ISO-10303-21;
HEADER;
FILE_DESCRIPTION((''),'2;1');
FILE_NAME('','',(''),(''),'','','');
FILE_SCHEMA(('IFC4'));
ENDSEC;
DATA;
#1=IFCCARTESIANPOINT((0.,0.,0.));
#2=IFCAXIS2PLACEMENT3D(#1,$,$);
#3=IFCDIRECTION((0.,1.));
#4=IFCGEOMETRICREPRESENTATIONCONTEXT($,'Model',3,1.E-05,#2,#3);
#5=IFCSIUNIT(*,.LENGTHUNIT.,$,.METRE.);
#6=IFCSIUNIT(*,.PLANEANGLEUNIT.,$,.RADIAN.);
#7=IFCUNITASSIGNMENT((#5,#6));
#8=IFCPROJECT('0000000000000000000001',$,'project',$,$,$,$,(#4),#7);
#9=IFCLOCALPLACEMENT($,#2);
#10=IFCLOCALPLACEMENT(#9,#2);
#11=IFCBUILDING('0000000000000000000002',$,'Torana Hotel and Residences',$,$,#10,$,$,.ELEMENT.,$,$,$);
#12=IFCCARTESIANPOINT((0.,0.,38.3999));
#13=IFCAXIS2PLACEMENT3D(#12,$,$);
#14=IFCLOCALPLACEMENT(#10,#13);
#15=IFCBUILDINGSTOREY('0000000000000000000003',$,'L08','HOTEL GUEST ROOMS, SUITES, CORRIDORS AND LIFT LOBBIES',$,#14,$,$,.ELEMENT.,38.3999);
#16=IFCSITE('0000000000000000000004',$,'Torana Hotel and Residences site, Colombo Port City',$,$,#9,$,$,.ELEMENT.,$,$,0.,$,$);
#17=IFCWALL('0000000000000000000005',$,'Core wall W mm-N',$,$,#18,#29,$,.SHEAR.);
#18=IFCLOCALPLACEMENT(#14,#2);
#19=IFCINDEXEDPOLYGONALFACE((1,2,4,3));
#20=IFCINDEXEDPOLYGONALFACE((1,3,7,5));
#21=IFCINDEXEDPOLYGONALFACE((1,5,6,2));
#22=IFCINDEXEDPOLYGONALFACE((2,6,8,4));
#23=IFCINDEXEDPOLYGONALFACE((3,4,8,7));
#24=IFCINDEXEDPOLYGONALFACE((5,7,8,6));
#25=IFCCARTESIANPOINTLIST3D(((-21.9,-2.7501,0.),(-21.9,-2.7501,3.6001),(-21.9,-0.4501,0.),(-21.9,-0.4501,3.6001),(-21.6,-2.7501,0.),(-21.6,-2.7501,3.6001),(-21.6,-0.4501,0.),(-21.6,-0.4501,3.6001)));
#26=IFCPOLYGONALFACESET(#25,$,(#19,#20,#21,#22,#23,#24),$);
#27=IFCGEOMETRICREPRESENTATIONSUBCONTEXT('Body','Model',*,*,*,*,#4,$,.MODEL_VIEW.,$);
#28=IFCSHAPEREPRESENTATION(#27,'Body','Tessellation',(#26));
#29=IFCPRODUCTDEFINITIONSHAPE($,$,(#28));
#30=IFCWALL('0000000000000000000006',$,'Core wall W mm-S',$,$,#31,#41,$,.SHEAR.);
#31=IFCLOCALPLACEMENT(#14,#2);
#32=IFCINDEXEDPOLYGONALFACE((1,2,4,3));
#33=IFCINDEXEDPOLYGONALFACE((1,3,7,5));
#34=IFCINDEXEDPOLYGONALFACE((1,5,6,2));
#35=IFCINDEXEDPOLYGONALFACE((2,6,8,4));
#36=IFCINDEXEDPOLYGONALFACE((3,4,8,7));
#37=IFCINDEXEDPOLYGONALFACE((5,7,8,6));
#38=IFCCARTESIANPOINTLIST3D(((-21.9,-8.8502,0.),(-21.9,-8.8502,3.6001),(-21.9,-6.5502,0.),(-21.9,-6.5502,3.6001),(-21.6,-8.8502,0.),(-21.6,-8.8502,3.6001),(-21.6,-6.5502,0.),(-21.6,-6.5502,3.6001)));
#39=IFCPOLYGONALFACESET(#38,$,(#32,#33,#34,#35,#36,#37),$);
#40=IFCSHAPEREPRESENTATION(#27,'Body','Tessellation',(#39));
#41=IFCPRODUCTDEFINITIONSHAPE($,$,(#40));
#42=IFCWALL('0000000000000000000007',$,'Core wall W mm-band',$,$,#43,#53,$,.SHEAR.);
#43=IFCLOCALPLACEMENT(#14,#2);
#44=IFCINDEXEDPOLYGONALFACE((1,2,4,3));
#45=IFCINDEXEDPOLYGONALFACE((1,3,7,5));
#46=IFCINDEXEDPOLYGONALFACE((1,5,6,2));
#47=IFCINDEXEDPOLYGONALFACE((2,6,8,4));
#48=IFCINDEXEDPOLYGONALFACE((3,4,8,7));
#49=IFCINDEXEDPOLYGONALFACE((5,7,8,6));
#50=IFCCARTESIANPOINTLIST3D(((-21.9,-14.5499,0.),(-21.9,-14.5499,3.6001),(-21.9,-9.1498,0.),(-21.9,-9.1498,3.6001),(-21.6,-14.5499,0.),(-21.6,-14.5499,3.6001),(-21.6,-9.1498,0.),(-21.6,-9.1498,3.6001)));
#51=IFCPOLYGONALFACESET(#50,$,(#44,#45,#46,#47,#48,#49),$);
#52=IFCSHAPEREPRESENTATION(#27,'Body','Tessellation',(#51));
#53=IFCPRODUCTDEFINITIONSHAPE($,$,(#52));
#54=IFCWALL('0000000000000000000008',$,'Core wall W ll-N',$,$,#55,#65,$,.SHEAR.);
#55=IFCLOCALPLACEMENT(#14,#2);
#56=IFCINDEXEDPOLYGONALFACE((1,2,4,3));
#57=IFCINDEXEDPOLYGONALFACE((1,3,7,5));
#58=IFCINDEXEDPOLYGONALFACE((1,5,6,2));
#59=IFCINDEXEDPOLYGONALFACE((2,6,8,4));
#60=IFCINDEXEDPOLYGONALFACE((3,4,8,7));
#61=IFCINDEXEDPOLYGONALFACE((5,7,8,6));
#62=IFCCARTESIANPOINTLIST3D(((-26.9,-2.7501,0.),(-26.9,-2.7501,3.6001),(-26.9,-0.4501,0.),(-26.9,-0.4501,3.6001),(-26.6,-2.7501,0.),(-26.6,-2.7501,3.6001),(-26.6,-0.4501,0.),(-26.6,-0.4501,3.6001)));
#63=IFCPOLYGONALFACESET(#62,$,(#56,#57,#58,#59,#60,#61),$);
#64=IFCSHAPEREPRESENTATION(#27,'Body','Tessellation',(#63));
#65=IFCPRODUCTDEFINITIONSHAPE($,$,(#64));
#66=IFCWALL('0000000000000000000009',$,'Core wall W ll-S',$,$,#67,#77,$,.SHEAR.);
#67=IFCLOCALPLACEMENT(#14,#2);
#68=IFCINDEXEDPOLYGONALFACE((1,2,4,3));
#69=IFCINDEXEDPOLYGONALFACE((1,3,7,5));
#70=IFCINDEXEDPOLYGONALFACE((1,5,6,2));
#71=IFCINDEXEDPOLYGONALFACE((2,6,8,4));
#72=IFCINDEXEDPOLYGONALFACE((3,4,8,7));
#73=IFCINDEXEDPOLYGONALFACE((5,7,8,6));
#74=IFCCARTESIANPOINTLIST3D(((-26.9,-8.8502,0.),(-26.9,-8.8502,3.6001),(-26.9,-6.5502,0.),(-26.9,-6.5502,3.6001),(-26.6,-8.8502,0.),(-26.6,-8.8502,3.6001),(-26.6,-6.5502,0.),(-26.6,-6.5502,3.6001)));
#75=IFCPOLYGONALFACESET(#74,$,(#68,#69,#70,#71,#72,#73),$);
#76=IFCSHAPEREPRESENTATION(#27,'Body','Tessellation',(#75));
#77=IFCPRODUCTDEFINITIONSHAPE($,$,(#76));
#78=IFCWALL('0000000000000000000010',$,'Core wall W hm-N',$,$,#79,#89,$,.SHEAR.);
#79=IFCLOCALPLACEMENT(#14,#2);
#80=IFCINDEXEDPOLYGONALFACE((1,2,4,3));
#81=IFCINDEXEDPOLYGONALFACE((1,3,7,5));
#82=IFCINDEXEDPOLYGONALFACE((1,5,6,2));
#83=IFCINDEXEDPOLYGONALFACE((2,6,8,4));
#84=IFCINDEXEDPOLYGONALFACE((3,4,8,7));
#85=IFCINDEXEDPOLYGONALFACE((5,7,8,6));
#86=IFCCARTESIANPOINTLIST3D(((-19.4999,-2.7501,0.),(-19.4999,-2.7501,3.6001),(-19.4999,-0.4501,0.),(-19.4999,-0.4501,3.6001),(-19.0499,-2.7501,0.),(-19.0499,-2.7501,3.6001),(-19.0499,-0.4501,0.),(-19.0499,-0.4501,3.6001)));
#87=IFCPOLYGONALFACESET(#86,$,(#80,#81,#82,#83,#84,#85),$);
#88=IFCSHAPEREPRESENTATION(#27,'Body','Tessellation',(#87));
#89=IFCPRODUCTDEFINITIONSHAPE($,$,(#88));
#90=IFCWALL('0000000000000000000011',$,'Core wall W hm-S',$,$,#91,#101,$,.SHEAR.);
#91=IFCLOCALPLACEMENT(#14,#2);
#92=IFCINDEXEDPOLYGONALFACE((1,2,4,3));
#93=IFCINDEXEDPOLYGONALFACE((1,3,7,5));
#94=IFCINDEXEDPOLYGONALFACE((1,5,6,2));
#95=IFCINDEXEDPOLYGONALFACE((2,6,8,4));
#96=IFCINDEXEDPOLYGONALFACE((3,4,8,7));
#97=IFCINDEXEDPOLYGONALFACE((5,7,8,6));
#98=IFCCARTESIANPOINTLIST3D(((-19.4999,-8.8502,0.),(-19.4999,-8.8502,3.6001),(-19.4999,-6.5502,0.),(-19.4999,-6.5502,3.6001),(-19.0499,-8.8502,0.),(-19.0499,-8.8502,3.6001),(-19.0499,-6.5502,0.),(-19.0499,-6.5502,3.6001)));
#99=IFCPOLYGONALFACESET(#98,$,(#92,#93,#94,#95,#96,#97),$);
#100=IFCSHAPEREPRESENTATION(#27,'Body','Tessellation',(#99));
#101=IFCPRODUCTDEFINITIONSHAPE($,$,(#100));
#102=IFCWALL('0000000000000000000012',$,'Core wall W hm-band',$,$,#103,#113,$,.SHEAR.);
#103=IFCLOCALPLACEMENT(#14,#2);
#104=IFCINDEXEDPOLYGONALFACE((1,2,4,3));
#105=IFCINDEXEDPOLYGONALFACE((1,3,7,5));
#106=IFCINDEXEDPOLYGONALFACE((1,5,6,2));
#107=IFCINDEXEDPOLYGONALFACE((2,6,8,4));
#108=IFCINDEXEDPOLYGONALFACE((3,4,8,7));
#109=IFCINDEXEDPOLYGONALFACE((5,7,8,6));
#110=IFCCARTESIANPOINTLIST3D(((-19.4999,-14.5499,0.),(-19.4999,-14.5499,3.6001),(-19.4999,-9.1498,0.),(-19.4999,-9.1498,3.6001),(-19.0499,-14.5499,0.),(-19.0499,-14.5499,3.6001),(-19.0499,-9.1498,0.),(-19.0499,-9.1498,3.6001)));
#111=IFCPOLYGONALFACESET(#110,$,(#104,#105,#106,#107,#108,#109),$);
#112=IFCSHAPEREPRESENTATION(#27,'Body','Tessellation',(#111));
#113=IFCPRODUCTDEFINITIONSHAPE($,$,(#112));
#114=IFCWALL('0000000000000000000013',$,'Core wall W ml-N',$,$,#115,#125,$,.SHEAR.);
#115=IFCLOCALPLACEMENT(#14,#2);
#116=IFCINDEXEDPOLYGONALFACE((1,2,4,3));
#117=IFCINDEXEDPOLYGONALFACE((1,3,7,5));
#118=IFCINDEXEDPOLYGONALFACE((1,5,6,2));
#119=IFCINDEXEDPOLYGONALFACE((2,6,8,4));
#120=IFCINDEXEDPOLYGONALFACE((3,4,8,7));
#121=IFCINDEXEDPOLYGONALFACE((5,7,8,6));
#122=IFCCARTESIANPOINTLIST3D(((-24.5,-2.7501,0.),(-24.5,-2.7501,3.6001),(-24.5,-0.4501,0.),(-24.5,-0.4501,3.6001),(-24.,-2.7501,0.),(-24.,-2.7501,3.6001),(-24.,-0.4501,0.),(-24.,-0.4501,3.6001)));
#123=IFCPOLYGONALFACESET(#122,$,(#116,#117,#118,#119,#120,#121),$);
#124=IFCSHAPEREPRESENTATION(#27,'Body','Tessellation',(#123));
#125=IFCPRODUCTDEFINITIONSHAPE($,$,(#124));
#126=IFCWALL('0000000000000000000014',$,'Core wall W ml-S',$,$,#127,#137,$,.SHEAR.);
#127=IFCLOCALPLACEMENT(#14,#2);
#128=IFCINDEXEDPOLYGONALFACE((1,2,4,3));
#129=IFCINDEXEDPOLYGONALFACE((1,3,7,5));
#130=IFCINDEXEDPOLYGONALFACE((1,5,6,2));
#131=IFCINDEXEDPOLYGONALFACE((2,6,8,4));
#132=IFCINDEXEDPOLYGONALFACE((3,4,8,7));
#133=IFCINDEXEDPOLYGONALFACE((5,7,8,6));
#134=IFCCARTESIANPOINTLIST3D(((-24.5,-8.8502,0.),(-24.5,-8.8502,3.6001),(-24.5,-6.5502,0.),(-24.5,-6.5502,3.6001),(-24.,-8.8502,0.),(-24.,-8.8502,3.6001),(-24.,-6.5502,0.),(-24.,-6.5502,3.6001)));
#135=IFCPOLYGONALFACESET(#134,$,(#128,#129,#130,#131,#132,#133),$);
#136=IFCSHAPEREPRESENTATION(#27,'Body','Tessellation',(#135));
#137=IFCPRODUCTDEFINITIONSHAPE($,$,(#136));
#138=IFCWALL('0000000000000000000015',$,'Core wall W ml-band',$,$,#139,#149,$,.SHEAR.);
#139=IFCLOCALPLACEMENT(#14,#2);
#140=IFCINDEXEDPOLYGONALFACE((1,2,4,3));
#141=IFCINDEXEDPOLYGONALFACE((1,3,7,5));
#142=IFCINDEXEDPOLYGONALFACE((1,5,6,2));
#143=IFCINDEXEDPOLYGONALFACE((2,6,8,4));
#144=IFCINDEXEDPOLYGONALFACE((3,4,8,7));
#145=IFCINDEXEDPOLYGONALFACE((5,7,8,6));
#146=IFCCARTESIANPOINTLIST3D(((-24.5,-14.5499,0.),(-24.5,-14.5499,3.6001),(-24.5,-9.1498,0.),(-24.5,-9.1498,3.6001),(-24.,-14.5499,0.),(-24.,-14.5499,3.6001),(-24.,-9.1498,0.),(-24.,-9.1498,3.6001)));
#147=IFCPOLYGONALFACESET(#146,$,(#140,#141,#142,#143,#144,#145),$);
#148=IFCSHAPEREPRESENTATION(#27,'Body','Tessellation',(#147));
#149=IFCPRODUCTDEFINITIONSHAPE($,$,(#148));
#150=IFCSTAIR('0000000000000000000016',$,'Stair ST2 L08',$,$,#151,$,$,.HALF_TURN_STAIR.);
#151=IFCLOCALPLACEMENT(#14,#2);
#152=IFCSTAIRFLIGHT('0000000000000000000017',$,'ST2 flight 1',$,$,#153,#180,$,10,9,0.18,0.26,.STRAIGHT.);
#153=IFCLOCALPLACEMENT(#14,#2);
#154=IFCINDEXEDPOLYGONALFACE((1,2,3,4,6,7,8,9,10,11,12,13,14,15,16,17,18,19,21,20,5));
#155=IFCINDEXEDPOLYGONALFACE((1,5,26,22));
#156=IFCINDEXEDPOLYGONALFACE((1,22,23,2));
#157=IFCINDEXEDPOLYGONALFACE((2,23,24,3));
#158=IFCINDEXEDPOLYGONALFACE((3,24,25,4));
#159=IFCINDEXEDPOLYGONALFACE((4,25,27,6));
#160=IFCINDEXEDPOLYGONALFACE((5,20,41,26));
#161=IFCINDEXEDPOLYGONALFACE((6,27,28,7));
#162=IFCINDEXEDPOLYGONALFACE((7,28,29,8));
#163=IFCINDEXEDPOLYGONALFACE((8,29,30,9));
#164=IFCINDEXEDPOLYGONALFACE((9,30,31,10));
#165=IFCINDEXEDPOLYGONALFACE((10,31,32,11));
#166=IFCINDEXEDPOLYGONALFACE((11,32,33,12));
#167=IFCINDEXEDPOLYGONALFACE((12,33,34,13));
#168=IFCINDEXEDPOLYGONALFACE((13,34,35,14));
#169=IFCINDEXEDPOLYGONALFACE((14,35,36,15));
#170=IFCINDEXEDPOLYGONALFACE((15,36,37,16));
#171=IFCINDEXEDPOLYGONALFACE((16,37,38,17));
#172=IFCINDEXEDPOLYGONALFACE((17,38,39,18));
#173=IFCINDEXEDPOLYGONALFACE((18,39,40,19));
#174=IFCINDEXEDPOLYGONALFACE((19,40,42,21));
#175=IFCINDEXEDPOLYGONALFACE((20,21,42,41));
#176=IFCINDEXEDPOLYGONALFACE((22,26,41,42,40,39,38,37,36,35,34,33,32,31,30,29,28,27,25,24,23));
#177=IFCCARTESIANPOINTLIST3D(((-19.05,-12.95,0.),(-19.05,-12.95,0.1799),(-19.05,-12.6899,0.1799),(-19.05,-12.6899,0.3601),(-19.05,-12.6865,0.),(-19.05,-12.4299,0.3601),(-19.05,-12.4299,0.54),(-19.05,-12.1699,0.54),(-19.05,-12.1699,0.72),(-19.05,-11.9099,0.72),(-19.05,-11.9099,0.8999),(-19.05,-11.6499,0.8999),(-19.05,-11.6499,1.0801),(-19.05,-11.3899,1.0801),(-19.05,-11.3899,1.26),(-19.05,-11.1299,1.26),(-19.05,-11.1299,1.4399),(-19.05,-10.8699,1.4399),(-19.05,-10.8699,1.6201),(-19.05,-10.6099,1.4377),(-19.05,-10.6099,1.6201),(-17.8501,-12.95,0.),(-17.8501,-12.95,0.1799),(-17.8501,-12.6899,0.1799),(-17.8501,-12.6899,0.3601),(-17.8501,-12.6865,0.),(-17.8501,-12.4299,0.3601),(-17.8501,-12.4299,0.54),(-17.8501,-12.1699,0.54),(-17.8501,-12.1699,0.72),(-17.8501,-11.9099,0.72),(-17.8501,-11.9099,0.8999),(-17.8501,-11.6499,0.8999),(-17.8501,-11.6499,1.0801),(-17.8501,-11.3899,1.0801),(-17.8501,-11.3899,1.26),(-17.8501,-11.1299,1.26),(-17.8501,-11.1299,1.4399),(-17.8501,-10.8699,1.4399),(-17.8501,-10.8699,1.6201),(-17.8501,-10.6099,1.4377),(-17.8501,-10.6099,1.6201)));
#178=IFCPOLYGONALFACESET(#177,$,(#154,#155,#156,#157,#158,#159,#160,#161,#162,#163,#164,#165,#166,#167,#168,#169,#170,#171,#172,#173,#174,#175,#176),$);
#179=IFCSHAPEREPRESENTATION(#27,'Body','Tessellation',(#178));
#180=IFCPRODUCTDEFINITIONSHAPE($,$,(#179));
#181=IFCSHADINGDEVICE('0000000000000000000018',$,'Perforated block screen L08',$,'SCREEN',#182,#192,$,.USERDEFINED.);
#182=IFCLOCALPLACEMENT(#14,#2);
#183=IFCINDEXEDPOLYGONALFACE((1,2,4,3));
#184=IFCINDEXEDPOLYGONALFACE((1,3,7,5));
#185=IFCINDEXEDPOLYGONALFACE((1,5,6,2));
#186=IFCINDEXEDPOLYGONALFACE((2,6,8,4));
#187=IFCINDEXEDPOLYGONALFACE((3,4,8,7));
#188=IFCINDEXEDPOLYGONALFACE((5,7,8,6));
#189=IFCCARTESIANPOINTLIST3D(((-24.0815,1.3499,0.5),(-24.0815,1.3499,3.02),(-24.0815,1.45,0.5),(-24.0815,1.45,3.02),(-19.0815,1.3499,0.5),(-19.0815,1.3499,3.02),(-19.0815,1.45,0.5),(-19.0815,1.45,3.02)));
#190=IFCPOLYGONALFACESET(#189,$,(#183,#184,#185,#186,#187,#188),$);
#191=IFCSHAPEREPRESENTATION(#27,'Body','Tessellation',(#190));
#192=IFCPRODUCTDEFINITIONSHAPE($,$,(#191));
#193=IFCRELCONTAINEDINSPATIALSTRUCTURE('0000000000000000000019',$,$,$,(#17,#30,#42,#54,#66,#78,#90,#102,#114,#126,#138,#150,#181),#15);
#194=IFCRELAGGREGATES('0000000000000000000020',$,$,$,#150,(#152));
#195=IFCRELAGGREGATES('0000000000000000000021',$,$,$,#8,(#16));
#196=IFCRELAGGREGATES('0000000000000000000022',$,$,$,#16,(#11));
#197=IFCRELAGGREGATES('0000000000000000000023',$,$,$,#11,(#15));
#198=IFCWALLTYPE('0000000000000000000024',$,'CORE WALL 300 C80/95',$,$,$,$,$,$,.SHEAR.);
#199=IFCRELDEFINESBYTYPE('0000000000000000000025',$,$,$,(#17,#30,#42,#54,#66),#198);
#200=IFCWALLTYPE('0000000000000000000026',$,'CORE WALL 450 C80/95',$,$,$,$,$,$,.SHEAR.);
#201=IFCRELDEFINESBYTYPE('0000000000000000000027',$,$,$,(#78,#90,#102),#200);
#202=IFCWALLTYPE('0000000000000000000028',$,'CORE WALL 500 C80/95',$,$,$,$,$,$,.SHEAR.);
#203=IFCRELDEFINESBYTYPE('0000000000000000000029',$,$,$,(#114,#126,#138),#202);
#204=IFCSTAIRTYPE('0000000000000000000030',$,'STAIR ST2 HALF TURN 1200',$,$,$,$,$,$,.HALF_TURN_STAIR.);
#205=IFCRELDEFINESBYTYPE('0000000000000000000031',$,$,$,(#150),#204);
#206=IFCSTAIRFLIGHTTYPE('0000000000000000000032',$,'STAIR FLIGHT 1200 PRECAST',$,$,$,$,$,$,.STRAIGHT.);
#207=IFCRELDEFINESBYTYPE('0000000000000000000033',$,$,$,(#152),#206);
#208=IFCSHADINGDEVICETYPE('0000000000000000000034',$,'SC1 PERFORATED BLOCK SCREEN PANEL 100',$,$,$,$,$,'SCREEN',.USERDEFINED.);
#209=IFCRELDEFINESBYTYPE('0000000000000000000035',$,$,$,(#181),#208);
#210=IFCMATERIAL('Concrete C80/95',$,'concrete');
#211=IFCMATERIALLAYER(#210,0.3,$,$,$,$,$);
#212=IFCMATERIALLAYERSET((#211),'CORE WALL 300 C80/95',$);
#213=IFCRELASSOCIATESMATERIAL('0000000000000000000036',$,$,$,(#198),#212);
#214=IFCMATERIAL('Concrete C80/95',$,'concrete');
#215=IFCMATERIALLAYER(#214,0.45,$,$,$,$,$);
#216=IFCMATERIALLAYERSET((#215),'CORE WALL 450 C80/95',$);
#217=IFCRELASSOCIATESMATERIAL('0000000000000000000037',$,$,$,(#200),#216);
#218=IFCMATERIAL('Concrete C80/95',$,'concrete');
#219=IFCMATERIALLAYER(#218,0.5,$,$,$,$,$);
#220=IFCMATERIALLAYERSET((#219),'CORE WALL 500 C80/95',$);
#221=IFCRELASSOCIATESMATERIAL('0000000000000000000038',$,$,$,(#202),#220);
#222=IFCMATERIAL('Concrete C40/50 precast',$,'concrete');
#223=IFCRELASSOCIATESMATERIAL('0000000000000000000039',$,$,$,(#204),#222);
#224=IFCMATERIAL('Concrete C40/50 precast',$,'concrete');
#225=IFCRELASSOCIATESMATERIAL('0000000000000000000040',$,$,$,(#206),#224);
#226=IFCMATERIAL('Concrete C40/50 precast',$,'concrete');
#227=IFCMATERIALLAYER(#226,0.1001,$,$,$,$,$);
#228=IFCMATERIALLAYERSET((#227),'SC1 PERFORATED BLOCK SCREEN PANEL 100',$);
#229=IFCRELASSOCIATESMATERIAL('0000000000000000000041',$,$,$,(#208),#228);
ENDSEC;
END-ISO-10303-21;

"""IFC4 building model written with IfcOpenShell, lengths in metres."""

from ifc_helpers import new_model, si_unit, direction, frame, frame_2d, origin, origin_2d, place, context, subcontext, project, spatial, polyline, rectangle, outline, extrude, material, layer, layer_set, type_object, element, aggregate, save


model = new_model("IFC4")

# Units and contexts
model_context = context("Model", 3, precision=1e-05, world=origin(), true_north=direction((0.0, 1.0)))
body_context = subcontext(model_context, "Body", "Model", "MODEL_VIEW")
ifc_project = project(units=[si_unit("LENGTHUNIT", "METRE"), si_unit("PLANEANGLEUNIT", "RADIAN")], contexts=[model_context])

# Site, building, storey
site_placement = place(None, origin())
site = spatial("IfcSite", under=ifc_project, at=site_placement, Name="Torana Hotel and Residences site, Colombo Port City", CompositionType="ELEMENT", RefElevation=0.0)
building_placement = place(site_placement, origin())
building = spatial("IfcBuilding", under=site, at=building_placement, Name="Torana Hotel and Residences", CompositionType="ELEMENT")
storey_placement = place(building_placement, frame((0.0, 0.0, 38.3999)))
storey = spatial("IfcBuildingStorey", under=building, at=storey_placement, Name="L08", Description="HOTEL GUEST ROOMS, SUITES, CORRIDORS AND LIFT LOBBIES", CompositionType="ELEMENT", Elevation=38.3999)

# Walls
ifc_material_1 = material(Name="Concrete C80/95", Category="concrete")
ifc_layer_1 = layer(ifc_material_1, 0.3)
ifc_layer_set_1 = layer_set([ifc_layer_1], Name="CORE WALL 300 C80/95")
wall_type_1 = type_object("IfcWallType", Name="CORE WALL 300 C80/95", PredefinedType="SHEAR", material=ifc_layer_set_1)
for number, where, z_axis, x_axis, name in (
    (1, (-21.75, -2.75, 0.0), (0.0, 0.0, 1.0), (0.0, 1.0, 0.0), "Core wall W mm-N"),
    (2, (-21.75, -8.8501, 0.0), (0.0, 0.0, 1.0), (0.0, 1.0, 0.0), "Core wall W mm-S"),
):
    element("IfcWall", number, at=place(storey_placement, frame(where, z_axis=z_axis, x_axis=x_axis)), inside=storey, type_object=wall_type_1, Name=name, PredefinedType="SHEAR", context=body_context, shape_type="SweptSolid", body=[
        extrude(rectangle(XDim=2.3, YDim=0.3, at=frame_2d((1.1499, 0.0))), origin(), (0.0, 0.0, 1.0), 3.6001),
    ])
wall_1_placement = place(storey_placement, frame((-21.75, -14.55, 0.0), z_axis=(0.0, 0.0, 1.0), x_axis=(0.0, 1.0, 0.0)))
element("IfcWall", 3, at=wall_1_placement, inside=storey, type_object=wall_type_1, Name="Core wall W mm-band", PredefinedType="SHEAR", context=body_context, shape_type="SweptSolid", body=[
    extrude(rectangle(XDim=5.4001, YDim=0.3, at=frame_2d((2.7002, 0.0))), origin(), (0.0, 0.0, 1.0), 3.6001),
])
for number, where, z_axis, x_axis, name in (
    (4, (-26.75, -2.75, 0.0), (0.0, 0.0, 1.0), (0.0, 1.0, 0.0), "Core wall W ll-N"),
    (5, (-26.75, -8.8501, 0.0), (0.0, 0.0, 1.0), (0.0, 1.0, 0.0), "Core wall W ll-S"),
):
    element("IfcWall", number, at=place(storey_placement, frame(where, z_axis=z_axis, x_axis=x_axis)), inside=storey, type_object=wall_type_1, Name=name, PredefinedType="SHEAR", context=body_context, shape_type="SweptSolid", body=[
        extrude(rectangle(XDim=2.3, YDim=0.3, at=frame_2d((1.1499, 0.0))), origin(), (0.0, 0.0, 1.0), 3.6001),
    ])
ifc_material_2 = material(Name="Concrete C80/95", Category="concrete")
ifc_layer_2 = layer(ifc_material_2, 0.45)
ifc_layer_set_2 = layer_set([ifc_layer_2], Name="CORE WALL 450 C80/95")
wall_type_2 = type_object("IfcWallType", Name="CORE WALL 450 C80/95", PredefinedType="SHEAR", material=ifc_layer_set_2)
for number, where, z_axis, x_axis, name in (
    (6, (-19.2749, -2.75, 0.0), (0.0, 0.0, 1.0), (0.0, 1.0, 0.0), "Core wall W hm-N"),
    (7, (-19.2749, -8.8501, 0.0), (0.0, 0.0, 1.0), (0.0, 1.0, 0.0), "Core wall W hm-S"),
):
    element("IfcWall", number, at=place(storey_placement, frame(where, z_axis=z_axis, x_axis=x_axis)), inside=storey, type_object=wall_type_2, Name=name, PredefinedType="SHEAR", context=body_context, shape_type="SweptSolid", body=[
        extrude(rectangle(XDim=2.3, YDim=0.45, at=frame_2d((1.1499, 0.0))), origin(), (0.0, 0.0, 1.0), 3.6001),
    ])
wall_2_placement = place(storey_placement, frame((-19.2749, -14.55, 0.0), z_axis=(0.0, 0.0, 1.0), x_axis=(0.0, 1.0, 0.0)))
element("IfcWall", 8, at=wall_2_placement, inside=storey, type_object=wall_type_2, Name="Core wall W hm-band", PredefinedType="SHEAR", context=body_context, shape_type="SweptSolid", body=[
    extrude(rectangle(XDim=5.4001, YDim=0.45, at=frame_2d((2.7002, 0.0))), origin(), (0.0, 0.0, 1.0), 3.6001),
])
ifc_material_3 = material(Name="Concrete C80/95", Category="concrete")
ifc_layer_3 = layer(ifc_material_3, 0.5)
ifc_layer_set_3 = layer_set([ifc_layer_3], Name="CORE WALL 500 C80/95")
wall_type_3 = type_object("IfcWallType", Name="CORE WALL 500 C80/95", PredefinedType="SHEAR", material=ifc_layer_set_3)
for number, where, z_axis, x_axis, name in (
    (9, (-24.25, -2.75, 0.0), (0.0, 0.0, 1.0), (0.0, 1.0, 0.0), "Core wall W ml-N"),
    (10, (-24.25, -8.8501, 0.0), (0.0, 0.0, 1.0), (0.0, 1.0, 0.0), "Core wall W ml-S"),
):
    element("IfcWall", number, at=place(storey_placement, frame(where, z_axis=z_axis, x_axis=x_axis)), inside=storey, type_object=wall_type_3, Name=name, PredefinedType="SHEAR", context=body_context, shape_type="SweptSolid", body=[
        extrude(rectangle(XDim=2.3, YDim=0.5, at=frame_2d((1.1499, 0.0))), origin(), (0.0, 0.0, 1.0), 3.6001),
    ])
wall_3_placement = place(storey_placement, frame((-24.25, -14.55, 0.0), z_axis=(0.0, 0.0, 1.0), x_axis=(0.0, 1.0, 0.0)))
element("IfcWall", 11, at=wall_3_placement, inside=storey, type_object=wall_type_3, Name="Core wall W ml-band", PredefinedType="SHEAR", context=body_context, shape_type="SweptSolid", body=[
    extrude(rectangle(XDim=5.4001, YDim=0.5, at=frame_2d((2.7002, 0.0))), origin(), (0.0, 0.0, 1.0), 3.6001),
])

# Stair, stair flight
ifc_material_4 = material(Name="Concrete C40/50 precast", Category="concrete")
stair_type = type_object("IfcStairType", Name="STAIR ST2 HALF TURN 1200", PredefinedType="HALF_TURN_STAIR", material=ifc_material_4)
stair_placement = place(storey_placement, origin())
stair = element("IfcStair", 12, at=stair_placement, inside=storey, type_object=stair_type, Name="Stair ST2 L08", PredefinedType="HALF_TURN_STAIR")
ifc_material_5 = material(Name="Concrete C40/50 precast", Category="concrete")
stair_flight_type = type_object("IfcStairFlightType", Name="STAIR FLIGHT 1200 PRECAST", PredefinedType="STRAIGHT", material=ifc_material_5)
stair_flight_placement = place(storey_placement, frame((-18.45, -12.95, 0.0), z_axis=(0.0, 0.0, 1.0), x_axis=(0.0, 1.0, 0.0)))
stair_flight = element("IfcStairFlight", 13, at=stair_flight_placement, type_object=stair_flight_type, Name="ST2 flight 1", NumberOfRisers=10, NumberOfTreads=9, PredefinedType="STRAIGHT", RiserHeight=0.18, TreadLength=0.26, context=body_context, shape_type="SweptSolid", body=[
    extrude(outline(polyline([(0.0, 0.0), (0.0, 0.1799), (0.26, 0.1799), (0.26, 0.3601), (0.52, 0.3601), (0.52, 0.54), (0.78, 0.54), (0.78, 0.72), (1.04, 0.72), (1.04, 0.8999), (1.3, 0.8999), (1.3, 1.0801), (1.5601, 1.0801), (1.5601, 1.26), (1.8201, 1.26), (1.8201, 1.4399), (2.0801, 1.4399), (2.0801, 1.6201), (2.3401, 1.6201), (2.3401, 1.8), (2.3401, 1.4377), (0.2634, 0.0), (0.0, 0.0)])), frame((0.0, 0.6001, 0.0), z_axis=(0.0, -1.0, 0.0), x_axis=(1.0, 0.0, 0.0)), (0.0, 0.0, 1.0), 1.2),
])
aggregate(stair, [stair_flight])

# Shading device
ifc_material_6 = material(Name="Concrete C40/50 precast", Category="concrete")
ifc_layer_4 = layer(ifc_material_6, 0.1001)
ifc_layer_set_4 = layer_set([ifc_layer_4], Name="SC1 PERFORATED BLOCK SCREEN PANEL 100")
shading_device_type = type_object("IfcShadingDeviceType", Name="SC1 PERFORATED BLOCK SCREEN PANEL 100", ElementType="SCREEN", PredefinedType="USERDEFINED", material=ifc_layer_set_4)
shading_device_placement = place(storey_placement, frame((-21.5815, 1.3999, 0.5), z_axis=(0.0, 0.0, 1.0), x_axis=(-1.0, 0.0, 0.0)))
element("IfcShadingDevice", 14, at=shading_device_placement, inside=storey, type_object=shading_device_type, Name="Perforated block screen L08", ObjectType="SCREEN", PredefinedType="USERDEFINED", context=body_context, shape_type="SweptSolid", body=[
    extrude(rectangle(XDim=5.0, YDim=0.1001, at=origin_2d()), origin(), (0.0, 0.0, 1.0), 2.52),
])

save(model, "model.ifc")
